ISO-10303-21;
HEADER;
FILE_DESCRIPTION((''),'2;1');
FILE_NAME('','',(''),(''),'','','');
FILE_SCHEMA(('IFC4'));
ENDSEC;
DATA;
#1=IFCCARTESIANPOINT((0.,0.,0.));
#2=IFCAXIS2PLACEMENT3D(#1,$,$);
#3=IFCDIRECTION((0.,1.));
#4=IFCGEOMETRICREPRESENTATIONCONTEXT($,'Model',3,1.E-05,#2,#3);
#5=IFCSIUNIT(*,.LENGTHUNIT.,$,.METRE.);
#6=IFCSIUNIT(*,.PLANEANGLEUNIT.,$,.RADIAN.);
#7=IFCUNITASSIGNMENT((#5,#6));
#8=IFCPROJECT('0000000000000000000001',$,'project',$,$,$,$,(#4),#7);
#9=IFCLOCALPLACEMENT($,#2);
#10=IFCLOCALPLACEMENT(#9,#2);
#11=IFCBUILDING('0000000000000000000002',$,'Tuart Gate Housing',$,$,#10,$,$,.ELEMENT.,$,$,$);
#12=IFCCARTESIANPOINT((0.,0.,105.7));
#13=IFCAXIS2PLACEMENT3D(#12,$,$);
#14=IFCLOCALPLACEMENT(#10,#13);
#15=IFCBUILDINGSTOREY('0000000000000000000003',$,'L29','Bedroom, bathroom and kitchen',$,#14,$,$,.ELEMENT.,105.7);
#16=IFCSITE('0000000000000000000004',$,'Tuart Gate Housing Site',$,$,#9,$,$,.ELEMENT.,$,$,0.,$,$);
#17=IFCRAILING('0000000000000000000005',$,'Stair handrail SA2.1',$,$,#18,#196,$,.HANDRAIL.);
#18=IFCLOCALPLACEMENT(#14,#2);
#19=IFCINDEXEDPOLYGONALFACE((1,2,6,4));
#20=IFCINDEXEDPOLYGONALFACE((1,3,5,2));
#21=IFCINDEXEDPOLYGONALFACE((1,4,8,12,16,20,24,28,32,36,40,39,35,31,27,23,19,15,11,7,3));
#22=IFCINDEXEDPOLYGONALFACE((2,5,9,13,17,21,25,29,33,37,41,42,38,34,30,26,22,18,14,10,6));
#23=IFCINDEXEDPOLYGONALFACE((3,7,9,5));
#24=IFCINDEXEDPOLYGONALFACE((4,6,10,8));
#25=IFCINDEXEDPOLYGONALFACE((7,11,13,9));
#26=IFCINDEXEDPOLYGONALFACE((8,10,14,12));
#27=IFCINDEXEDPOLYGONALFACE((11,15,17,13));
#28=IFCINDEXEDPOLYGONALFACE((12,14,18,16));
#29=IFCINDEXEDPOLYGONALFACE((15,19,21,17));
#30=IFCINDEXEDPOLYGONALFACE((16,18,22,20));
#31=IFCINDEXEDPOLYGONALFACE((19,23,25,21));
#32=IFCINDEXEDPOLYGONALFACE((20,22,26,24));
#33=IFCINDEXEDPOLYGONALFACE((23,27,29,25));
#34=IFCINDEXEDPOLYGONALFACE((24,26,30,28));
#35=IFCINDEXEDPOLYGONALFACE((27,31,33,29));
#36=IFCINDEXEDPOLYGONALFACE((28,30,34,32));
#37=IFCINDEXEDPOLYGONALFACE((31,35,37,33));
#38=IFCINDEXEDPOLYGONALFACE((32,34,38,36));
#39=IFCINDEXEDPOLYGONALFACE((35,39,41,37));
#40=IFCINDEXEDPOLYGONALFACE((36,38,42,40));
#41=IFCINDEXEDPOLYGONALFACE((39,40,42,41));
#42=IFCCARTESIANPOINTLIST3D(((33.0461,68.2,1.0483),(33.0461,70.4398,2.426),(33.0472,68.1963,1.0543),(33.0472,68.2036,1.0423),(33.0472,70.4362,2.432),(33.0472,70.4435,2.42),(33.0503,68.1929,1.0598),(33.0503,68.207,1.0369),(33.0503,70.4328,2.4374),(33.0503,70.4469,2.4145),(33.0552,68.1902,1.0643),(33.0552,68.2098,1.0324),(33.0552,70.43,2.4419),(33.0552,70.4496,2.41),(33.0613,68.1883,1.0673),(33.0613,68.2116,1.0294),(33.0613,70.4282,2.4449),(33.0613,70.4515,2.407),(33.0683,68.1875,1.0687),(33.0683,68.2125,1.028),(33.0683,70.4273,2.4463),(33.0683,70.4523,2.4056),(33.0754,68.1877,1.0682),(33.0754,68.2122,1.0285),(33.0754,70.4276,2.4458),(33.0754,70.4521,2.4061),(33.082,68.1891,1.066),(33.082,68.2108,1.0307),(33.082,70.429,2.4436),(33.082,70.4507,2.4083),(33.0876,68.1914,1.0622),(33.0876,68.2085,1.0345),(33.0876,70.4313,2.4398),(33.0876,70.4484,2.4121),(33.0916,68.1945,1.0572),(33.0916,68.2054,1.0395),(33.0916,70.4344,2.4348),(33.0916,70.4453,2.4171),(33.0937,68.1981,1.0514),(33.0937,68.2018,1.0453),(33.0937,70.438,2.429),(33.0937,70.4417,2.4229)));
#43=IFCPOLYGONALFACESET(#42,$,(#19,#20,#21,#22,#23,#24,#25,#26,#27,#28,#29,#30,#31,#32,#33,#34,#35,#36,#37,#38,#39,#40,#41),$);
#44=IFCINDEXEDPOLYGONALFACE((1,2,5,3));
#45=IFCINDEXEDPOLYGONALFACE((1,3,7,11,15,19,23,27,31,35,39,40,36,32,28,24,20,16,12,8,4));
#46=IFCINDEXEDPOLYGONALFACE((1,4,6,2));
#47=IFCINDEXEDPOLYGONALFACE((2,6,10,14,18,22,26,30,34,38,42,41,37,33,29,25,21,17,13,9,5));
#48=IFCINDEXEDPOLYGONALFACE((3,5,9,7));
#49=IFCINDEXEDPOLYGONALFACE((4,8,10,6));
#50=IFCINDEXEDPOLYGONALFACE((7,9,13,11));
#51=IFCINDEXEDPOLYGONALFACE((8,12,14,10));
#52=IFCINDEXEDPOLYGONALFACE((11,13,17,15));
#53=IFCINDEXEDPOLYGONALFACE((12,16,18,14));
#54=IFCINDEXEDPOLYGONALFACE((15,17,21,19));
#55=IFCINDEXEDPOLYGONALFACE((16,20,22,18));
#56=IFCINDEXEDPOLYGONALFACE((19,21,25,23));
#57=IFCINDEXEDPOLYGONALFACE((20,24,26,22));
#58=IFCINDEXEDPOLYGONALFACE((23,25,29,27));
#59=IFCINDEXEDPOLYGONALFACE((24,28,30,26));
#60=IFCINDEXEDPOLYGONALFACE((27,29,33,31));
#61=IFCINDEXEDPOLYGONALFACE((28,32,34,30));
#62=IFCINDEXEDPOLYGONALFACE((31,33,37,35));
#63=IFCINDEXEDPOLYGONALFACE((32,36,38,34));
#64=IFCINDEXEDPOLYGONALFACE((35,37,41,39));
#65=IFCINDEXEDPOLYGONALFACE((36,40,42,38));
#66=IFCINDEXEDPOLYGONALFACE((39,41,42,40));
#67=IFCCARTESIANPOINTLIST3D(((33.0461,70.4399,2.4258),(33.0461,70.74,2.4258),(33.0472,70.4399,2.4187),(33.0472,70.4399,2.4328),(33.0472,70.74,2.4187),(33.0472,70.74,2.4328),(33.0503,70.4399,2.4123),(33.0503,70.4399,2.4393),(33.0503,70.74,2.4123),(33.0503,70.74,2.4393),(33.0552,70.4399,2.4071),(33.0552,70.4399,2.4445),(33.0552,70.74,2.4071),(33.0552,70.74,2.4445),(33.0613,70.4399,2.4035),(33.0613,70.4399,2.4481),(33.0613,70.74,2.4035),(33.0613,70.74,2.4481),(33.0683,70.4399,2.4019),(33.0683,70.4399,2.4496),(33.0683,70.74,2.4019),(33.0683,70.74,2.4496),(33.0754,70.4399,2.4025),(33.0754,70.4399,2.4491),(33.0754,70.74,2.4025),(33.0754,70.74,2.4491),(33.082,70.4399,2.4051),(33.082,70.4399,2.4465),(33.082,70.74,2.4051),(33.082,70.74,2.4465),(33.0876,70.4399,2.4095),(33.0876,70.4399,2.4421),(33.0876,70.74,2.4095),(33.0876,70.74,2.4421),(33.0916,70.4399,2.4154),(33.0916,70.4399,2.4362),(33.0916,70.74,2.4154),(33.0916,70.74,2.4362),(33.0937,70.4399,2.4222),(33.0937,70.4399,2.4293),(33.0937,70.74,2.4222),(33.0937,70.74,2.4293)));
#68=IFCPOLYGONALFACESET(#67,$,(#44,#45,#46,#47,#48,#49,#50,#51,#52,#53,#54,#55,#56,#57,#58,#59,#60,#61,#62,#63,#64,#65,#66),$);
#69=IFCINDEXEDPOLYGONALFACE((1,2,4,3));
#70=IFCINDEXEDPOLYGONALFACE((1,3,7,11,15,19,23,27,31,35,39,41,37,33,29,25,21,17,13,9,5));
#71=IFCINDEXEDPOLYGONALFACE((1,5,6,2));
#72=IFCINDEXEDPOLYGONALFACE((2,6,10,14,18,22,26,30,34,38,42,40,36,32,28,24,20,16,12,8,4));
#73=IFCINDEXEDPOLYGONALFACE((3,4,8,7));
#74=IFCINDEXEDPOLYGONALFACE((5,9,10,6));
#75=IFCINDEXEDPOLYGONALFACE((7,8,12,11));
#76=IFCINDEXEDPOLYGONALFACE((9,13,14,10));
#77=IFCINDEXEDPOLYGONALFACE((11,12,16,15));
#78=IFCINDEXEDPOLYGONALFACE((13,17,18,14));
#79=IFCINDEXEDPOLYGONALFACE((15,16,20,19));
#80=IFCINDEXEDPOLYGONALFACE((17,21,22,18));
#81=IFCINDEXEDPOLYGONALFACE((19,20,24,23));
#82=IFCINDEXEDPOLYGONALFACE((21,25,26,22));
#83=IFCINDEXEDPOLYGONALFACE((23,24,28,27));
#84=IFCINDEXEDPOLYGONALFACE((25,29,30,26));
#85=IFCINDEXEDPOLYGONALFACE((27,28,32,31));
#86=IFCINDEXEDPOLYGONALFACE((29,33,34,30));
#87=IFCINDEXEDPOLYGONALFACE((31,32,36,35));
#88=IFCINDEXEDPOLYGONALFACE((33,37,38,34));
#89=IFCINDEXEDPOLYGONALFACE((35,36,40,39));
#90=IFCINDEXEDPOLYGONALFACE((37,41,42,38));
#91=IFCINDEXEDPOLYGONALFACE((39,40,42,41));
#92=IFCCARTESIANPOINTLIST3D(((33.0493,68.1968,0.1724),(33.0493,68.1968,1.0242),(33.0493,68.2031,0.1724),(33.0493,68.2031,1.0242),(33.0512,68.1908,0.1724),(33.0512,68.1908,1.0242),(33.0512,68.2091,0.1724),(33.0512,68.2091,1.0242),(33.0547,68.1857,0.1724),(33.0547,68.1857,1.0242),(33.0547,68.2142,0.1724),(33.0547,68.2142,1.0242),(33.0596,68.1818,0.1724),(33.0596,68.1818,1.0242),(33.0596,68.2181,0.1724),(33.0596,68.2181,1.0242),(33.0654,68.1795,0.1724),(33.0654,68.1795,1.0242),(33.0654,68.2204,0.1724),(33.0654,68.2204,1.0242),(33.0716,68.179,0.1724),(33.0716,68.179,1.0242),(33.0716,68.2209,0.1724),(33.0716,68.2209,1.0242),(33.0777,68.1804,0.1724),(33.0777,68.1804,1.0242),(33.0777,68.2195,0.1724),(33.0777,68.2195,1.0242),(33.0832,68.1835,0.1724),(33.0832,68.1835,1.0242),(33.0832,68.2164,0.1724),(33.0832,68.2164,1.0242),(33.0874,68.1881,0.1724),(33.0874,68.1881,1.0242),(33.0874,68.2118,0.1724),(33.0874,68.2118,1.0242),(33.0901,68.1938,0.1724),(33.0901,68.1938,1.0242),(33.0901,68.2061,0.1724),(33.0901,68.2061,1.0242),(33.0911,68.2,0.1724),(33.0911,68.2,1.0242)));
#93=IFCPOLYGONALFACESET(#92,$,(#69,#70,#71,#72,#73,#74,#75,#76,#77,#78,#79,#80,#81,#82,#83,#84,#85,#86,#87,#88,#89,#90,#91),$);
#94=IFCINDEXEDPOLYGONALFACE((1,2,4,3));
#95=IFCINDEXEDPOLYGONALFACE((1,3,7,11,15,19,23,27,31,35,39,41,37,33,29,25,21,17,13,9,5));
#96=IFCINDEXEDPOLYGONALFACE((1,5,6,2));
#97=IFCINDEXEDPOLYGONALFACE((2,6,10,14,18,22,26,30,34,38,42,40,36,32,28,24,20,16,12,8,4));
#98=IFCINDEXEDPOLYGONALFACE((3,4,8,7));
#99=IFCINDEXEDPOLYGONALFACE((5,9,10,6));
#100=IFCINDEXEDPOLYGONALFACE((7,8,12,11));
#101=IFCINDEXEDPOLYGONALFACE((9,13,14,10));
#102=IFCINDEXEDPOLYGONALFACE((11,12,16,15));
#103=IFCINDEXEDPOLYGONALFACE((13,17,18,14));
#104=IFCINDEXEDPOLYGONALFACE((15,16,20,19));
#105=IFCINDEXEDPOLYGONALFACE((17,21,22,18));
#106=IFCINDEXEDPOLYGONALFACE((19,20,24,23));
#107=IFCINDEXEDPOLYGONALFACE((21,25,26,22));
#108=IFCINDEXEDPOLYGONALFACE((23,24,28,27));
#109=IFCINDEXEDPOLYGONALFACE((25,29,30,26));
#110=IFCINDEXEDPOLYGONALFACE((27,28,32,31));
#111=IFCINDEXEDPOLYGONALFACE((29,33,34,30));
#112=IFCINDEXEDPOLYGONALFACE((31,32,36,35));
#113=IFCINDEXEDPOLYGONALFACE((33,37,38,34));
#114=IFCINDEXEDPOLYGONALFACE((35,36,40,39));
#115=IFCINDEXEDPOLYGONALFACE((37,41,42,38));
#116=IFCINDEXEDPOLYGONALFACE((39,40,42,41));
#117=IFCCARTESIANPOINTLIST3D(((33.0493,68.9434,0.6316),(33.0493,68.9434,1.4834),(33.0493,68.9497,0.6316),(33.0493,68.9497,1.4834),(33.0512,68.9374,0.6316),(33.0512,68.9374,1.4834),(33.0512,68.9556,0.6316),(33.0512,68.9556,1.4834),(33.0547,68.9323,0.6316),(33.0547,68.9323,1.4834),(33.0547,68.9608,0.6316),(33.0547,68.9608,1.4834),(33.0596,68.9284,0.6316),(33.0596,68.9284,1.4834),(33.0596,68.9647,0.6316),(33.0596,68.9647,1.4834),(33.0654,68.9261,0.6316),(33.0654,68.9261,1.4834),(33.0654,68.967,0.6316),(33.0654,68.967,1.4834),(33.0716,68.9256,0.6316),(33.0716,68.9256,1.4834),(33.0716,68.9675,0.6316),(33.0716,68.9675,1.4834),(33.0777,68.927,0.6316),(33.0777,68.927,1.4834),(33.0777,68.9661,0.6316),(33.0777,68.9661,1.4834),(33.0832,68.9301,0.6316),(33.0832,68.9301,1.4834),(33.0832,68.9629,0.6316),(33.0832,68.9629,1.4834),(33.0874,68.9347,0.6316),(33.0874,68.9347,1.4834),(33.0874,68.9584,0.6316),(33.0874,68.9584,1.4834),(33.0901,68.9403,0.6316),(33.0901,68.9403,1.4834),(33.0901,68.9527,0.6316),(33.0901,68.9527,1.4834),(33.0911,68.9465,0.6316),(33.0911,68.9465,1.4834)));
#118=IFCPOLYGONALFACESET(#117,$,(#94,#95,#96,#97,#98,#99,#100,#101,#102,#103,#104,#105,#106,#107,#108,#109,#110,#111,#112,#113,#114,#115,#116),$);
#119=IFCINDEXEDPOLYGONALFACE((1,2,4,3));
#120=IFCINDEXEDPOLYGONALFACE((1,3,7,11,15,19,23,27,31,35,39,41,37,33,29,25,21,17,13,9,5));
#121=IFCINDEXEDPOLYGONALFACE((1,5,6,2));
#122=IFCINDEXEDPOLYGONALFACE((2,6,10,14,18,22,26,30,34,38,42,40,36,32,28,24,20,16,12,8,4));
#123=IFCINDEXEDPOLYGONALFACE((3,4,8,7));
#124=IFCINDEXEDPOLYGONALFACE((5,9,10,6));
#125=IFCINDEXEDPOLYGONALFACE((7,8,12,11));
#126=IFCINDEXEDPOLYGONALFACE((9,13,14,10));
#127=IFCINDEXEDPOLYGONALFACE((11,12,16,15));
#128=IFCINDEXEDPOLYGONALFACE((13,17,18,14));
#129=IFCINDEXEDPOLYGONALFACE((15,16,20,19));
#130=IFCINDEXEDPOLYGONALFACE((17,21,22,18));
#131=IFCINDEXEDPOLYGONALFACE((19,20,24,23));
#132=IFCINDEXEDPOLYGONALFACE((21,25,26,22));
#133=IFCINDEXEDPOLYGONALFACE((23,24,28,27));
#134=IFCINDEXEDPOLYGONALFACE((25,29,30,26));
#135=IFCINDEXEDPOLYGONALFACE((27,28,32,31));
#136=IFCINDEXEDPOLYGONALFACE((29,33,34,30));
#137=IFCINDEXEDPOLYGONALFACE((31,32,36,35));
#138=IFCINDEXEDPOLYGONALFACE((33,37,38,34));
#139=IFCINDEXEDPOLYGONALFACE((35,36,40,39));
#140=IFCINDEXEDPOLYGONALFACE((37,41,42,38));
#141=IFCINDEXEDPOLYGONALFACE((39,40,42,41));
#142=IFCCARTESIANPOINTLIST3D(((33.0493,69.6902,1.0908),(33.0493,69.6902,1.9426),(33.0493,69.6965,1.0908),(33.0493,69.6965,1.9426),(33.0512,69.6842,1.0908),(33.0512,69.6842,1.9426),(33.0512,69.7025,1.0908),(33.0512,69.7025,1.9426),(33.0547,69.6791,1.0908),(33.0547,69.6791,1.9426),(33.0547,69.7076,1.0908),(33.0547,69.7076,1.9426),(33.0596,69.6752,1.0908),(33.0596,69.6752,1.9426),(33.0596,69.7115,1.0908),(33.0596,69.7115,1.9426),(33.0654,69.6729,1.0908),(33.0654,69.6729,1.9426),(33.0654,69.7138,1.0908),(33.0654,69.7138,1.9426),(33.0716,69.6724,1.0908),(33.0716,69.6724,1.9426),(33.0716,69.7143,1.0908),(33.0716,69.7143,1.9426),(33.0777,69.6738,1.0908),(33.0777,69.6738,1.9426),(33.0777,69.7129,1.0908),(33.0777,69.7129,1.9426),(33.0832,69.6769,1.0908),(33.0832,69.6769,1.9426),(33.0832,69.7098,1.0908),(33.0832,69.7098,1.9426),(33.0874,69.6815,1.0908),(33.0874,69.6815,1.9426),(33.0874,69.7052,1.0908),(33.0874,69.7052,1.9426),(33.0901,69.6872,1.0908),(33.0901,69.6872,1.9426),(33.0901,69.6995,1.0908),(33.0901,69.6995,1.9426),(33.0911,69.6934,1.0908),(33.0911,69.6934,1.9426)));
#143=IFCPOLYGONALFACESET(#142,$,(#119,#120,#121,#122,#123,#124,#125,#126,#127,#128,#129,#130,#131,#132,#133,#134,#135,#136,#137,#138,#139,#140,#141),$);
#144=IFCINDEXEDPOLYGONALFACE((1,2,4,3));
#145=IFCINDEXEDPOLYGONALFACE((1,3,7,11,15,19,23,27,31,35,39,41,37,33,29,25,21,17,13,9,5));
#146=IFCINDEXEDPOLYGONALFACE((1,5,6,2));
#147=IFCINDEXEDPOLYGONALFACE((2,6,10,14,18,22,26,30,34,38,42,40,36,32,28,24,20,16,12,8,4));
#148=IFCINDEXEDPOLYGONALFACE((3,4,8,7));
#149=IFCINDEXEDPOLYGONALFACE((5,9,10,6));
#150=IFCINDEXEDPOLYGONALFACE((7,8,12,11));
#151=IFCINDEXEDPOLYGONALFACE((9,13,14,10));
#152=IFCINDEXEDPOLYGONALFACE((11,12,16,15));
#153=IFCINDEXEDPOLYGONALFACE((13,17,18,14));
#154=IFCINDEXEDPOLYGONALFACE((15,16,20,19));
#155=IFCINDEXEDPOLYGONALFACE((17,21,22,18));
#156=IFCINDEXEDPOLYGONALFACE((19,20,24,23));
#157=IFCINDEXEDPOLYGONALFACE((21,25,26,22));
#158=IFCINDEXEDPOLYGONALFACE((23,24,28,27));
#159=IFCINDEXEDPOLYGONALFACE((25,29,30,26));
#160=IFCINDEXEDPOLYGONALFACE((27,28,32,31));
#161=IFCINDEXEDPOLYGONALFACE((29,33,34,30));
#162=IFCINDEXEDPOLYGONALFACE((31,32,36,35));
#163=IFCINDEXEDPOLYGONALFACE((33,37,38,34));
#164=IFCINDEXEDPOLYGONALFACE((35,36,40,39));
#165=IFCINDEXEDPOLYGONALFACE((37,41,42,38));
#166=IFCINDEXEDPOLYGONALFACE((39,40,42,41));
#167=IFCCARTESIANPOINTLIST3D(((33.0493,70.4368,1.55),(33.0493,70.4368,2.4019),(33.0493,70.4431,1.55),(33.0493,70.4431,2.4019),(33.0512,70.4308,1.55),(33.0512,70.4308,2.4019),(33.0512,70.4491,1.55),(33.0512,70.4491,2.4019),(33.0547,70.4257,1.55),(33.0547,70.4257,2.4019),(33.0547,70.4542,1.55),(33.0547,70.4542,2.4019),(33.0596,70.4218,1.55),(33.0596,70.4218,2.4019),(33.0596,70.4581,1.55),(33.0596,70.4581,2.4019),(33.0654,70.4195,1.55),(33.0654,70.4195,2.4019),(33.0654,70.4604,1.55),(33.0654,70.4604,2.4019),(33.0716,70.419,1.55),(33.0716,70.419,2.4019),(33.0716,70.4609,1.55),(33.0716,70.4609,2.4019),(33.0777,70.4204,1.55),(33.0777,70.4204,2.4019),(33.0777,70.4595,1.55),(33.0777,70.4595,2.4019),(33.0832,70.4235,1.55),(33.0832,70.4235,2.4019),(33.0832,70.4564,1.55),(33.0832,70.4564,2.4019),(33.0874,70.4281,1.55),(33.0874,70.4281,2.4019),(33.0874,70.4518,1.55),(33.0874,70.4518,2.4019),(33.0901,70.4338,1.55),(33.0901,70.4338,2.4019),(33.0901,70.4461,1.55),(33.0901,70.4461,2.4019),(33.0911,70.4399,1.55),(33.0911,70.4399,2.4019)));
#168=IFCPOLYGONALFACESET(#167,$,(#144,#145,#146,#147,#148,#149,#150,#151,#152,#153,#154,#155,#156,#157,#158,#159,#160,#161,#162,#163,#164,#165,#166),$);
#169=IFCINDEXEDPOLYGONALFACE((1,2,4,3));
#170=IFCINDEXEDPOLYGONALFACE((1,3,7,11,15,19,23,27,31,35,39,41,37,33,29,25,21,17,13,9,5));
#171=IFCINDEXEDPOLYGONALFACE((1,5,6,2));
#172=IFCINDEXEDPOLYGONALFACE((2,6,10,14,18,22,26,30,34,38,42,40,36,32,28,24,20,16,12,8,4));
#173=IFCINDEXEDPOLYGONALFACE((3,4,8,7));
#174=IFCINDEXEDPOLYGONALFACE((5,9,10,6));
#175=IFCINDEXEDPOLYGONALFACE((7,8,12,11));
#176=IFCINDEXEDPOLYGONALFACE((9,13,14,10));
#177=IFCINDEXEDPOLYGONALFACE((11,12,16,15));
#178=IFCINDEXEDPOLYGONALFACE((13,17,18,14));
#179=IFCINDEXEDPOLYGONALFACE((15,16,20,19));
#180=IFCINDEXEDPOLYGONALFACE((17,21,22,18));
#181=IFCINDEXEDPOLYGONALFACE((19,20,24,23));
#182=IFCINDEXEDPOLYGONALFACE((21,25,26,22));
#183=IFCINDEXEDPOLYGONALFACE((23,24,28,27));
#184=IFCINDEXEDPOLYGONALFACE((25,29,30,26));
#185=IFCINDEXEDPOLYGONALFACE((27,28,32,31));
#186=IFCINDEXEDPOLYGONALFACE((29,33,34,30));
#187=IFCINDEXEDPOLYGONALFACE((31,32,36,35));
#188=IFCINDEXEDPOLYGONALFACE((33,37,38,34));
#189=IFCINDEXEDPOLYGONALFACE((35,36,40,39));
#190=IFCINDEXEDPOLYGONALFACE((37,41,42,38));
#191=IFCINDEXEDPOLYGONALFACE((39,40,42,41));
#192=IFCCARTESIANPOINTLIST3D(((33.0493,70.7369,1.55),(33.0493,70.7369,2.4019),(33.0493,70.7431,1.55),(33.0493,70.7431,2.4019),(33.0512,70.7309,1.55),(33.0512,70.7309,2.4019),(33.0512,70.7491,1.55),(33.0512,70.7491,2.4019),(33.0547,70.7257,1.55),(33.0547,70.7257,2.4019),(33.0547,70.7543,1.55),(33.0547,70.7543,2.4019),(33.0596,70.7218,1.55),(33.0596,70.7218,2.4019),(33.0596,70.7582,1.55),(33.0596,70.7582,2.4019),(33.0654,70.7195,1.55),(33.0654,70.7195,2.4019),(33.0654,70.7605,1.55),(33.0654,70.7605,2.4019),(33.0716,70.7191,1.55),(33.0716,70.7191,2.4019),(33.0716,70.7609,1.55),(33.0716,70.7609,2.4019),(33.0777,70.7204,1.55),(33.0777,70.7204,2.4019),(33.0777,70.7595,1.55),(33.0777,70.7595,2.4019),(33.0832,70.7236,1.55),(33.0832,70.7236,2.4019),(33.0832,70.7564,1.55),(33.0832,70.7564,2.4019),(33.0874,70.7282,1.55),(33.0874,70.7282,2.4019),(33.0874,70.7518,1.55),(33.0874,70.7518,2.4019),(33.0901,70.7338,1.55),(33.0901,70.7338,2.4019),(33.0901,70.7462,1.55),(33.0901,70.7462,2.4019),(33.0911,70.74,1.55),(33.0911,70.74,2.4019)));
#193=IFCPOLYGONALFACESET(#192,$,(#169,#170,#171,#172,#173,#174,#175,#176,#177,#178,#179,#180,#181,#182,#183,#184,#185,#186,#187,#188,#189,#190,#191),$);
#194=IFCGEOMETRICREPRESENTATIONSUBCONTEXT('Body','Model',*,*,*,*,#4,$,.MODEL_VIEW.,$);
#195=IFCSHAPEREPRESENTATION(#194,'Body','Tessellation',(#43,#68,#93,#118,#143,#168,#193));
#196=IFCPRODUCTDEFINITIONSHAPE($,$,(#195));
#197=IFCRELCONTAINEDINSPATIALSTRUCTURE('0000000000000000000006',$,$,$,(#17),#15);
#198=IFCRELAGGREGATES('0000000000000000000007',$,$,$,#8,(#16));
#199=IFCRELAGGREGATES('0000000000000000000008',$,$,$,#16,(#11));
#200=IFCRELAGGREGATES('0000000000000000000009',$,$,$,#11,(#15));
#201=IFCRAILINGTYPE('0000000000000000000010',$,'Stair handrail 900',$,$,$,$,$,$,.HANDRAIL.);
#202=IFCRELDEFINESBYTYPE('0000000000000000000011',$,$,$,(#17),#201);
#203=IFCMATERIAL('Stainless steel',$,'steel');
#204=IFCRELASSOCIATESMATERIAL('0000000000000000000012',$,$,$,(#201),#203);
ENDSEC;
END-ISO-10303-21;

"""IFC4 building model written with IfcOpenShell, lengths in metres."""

from ifc_helpers import new_model, si_unit, direction, frame, origin, origin_2d, place, context, subcontext, project, spatial, circle, extrude, material, type_object, element, save


model = new_model("IFC4")

# Units and contexts
model_context = context("Model", 3, precision=1e-05, world=origin(), true_north=direction((0.0, 1.0)))
body_context = subcontext(model_context, "Body", "Model", "MODEL_VIEW")
ifc_project = project(units=[si_unit("LENGTHUNIT", "METRE"), si_unit("PLANEANGLEUNIT", "RADIAN")], contexts=[model_context])

# Site, building, storey
site_placement = place(None, origin())
site = spatial("IfcSite", under=ifc_project, at=site_placement, Name="Tuart Gate Housing Site", CompositionType="ELEMENT", RefElevation=0.0)
building_placement = place(site_placement, origin())
building = spatial("IfcBuilding", under=site, at=building_placement, Name="Tuart Gate Housing", CompositionType="ELEMENT")
storey_placement = place(building_placement, frame((0.0, 0.0, 105.7)))
storey = spatial("IfcBuildingStorey", under=building, at=storey_placement, Name="L29", Description="Bedroom, bathroom and kitchen", CompositionType="ELEMENT", Elevation=105.7)

# Railing
ifc_material_1 = material(Name="Stainless steel", Category="steel")
railing_type = type_object("IfcRailingType", Name="Stair handrail 900", PredefinedType="HANDRAIL", material=ifc_material_1)
railing_placement = place(storey_placement, frame((33.0701, 68.2, 0.1724)))
element("IfcRailing", 1, at=railing_placement, inside=storey, type_object=railing_type, Name="Stair handrail SA2.1", PredefinedType="HANDRAIL", context=body_context, shape_type="SweptSolid", body=[
    extrude(circle(Radius=0.0239, at=origin_2d()), frame((0.0, 0.0, 0.876), z_axis=(0.0, 0.851789, 0.523885), x_axis=(-1.0, 0.0, 0.0)), (0.0, 0.0, 1.0), 2.6296),
    extrude(circle(Radius=0.0239, at=origin_2d()), frame((0.0, 2.24, 2.2534), z_axis=(0.0, 1.0, 0.0), x_axis=(-1.0, 0.0, 0.0)), (0.0, 0.0, 1.0), 0.3),
    extrude(circle(Radius=0.021, at=origin_2d()), origin(), (0.0, 0.0, 1.0), 0.8518),
    extrude(circle(Radius=0.021, at=origin_2d()), frame((0.0, 0.7466, 0.4592)), (0.0, 0.0, 1.0), 0.8518),
    extrude(circle(Radius=0.021, at=origin_2d()), frame((0.0, 1.4934, 0.9185)), (0.0, 0.0, 1.0), 0.8518),
    extrude(circle(Radius=0.021, at=origin_2d()), frame((0.0, 2.24, 1.3777)), (0.0, 0.0, 1.0), 0.8518),
    extrude(circle(Radius=0.021, at=origin_2d()), frame((0.0, 2.54, 1.3777)), (0.0, 0.0, 1.0), 0.8518),
])

save(model, "model.ifc")
